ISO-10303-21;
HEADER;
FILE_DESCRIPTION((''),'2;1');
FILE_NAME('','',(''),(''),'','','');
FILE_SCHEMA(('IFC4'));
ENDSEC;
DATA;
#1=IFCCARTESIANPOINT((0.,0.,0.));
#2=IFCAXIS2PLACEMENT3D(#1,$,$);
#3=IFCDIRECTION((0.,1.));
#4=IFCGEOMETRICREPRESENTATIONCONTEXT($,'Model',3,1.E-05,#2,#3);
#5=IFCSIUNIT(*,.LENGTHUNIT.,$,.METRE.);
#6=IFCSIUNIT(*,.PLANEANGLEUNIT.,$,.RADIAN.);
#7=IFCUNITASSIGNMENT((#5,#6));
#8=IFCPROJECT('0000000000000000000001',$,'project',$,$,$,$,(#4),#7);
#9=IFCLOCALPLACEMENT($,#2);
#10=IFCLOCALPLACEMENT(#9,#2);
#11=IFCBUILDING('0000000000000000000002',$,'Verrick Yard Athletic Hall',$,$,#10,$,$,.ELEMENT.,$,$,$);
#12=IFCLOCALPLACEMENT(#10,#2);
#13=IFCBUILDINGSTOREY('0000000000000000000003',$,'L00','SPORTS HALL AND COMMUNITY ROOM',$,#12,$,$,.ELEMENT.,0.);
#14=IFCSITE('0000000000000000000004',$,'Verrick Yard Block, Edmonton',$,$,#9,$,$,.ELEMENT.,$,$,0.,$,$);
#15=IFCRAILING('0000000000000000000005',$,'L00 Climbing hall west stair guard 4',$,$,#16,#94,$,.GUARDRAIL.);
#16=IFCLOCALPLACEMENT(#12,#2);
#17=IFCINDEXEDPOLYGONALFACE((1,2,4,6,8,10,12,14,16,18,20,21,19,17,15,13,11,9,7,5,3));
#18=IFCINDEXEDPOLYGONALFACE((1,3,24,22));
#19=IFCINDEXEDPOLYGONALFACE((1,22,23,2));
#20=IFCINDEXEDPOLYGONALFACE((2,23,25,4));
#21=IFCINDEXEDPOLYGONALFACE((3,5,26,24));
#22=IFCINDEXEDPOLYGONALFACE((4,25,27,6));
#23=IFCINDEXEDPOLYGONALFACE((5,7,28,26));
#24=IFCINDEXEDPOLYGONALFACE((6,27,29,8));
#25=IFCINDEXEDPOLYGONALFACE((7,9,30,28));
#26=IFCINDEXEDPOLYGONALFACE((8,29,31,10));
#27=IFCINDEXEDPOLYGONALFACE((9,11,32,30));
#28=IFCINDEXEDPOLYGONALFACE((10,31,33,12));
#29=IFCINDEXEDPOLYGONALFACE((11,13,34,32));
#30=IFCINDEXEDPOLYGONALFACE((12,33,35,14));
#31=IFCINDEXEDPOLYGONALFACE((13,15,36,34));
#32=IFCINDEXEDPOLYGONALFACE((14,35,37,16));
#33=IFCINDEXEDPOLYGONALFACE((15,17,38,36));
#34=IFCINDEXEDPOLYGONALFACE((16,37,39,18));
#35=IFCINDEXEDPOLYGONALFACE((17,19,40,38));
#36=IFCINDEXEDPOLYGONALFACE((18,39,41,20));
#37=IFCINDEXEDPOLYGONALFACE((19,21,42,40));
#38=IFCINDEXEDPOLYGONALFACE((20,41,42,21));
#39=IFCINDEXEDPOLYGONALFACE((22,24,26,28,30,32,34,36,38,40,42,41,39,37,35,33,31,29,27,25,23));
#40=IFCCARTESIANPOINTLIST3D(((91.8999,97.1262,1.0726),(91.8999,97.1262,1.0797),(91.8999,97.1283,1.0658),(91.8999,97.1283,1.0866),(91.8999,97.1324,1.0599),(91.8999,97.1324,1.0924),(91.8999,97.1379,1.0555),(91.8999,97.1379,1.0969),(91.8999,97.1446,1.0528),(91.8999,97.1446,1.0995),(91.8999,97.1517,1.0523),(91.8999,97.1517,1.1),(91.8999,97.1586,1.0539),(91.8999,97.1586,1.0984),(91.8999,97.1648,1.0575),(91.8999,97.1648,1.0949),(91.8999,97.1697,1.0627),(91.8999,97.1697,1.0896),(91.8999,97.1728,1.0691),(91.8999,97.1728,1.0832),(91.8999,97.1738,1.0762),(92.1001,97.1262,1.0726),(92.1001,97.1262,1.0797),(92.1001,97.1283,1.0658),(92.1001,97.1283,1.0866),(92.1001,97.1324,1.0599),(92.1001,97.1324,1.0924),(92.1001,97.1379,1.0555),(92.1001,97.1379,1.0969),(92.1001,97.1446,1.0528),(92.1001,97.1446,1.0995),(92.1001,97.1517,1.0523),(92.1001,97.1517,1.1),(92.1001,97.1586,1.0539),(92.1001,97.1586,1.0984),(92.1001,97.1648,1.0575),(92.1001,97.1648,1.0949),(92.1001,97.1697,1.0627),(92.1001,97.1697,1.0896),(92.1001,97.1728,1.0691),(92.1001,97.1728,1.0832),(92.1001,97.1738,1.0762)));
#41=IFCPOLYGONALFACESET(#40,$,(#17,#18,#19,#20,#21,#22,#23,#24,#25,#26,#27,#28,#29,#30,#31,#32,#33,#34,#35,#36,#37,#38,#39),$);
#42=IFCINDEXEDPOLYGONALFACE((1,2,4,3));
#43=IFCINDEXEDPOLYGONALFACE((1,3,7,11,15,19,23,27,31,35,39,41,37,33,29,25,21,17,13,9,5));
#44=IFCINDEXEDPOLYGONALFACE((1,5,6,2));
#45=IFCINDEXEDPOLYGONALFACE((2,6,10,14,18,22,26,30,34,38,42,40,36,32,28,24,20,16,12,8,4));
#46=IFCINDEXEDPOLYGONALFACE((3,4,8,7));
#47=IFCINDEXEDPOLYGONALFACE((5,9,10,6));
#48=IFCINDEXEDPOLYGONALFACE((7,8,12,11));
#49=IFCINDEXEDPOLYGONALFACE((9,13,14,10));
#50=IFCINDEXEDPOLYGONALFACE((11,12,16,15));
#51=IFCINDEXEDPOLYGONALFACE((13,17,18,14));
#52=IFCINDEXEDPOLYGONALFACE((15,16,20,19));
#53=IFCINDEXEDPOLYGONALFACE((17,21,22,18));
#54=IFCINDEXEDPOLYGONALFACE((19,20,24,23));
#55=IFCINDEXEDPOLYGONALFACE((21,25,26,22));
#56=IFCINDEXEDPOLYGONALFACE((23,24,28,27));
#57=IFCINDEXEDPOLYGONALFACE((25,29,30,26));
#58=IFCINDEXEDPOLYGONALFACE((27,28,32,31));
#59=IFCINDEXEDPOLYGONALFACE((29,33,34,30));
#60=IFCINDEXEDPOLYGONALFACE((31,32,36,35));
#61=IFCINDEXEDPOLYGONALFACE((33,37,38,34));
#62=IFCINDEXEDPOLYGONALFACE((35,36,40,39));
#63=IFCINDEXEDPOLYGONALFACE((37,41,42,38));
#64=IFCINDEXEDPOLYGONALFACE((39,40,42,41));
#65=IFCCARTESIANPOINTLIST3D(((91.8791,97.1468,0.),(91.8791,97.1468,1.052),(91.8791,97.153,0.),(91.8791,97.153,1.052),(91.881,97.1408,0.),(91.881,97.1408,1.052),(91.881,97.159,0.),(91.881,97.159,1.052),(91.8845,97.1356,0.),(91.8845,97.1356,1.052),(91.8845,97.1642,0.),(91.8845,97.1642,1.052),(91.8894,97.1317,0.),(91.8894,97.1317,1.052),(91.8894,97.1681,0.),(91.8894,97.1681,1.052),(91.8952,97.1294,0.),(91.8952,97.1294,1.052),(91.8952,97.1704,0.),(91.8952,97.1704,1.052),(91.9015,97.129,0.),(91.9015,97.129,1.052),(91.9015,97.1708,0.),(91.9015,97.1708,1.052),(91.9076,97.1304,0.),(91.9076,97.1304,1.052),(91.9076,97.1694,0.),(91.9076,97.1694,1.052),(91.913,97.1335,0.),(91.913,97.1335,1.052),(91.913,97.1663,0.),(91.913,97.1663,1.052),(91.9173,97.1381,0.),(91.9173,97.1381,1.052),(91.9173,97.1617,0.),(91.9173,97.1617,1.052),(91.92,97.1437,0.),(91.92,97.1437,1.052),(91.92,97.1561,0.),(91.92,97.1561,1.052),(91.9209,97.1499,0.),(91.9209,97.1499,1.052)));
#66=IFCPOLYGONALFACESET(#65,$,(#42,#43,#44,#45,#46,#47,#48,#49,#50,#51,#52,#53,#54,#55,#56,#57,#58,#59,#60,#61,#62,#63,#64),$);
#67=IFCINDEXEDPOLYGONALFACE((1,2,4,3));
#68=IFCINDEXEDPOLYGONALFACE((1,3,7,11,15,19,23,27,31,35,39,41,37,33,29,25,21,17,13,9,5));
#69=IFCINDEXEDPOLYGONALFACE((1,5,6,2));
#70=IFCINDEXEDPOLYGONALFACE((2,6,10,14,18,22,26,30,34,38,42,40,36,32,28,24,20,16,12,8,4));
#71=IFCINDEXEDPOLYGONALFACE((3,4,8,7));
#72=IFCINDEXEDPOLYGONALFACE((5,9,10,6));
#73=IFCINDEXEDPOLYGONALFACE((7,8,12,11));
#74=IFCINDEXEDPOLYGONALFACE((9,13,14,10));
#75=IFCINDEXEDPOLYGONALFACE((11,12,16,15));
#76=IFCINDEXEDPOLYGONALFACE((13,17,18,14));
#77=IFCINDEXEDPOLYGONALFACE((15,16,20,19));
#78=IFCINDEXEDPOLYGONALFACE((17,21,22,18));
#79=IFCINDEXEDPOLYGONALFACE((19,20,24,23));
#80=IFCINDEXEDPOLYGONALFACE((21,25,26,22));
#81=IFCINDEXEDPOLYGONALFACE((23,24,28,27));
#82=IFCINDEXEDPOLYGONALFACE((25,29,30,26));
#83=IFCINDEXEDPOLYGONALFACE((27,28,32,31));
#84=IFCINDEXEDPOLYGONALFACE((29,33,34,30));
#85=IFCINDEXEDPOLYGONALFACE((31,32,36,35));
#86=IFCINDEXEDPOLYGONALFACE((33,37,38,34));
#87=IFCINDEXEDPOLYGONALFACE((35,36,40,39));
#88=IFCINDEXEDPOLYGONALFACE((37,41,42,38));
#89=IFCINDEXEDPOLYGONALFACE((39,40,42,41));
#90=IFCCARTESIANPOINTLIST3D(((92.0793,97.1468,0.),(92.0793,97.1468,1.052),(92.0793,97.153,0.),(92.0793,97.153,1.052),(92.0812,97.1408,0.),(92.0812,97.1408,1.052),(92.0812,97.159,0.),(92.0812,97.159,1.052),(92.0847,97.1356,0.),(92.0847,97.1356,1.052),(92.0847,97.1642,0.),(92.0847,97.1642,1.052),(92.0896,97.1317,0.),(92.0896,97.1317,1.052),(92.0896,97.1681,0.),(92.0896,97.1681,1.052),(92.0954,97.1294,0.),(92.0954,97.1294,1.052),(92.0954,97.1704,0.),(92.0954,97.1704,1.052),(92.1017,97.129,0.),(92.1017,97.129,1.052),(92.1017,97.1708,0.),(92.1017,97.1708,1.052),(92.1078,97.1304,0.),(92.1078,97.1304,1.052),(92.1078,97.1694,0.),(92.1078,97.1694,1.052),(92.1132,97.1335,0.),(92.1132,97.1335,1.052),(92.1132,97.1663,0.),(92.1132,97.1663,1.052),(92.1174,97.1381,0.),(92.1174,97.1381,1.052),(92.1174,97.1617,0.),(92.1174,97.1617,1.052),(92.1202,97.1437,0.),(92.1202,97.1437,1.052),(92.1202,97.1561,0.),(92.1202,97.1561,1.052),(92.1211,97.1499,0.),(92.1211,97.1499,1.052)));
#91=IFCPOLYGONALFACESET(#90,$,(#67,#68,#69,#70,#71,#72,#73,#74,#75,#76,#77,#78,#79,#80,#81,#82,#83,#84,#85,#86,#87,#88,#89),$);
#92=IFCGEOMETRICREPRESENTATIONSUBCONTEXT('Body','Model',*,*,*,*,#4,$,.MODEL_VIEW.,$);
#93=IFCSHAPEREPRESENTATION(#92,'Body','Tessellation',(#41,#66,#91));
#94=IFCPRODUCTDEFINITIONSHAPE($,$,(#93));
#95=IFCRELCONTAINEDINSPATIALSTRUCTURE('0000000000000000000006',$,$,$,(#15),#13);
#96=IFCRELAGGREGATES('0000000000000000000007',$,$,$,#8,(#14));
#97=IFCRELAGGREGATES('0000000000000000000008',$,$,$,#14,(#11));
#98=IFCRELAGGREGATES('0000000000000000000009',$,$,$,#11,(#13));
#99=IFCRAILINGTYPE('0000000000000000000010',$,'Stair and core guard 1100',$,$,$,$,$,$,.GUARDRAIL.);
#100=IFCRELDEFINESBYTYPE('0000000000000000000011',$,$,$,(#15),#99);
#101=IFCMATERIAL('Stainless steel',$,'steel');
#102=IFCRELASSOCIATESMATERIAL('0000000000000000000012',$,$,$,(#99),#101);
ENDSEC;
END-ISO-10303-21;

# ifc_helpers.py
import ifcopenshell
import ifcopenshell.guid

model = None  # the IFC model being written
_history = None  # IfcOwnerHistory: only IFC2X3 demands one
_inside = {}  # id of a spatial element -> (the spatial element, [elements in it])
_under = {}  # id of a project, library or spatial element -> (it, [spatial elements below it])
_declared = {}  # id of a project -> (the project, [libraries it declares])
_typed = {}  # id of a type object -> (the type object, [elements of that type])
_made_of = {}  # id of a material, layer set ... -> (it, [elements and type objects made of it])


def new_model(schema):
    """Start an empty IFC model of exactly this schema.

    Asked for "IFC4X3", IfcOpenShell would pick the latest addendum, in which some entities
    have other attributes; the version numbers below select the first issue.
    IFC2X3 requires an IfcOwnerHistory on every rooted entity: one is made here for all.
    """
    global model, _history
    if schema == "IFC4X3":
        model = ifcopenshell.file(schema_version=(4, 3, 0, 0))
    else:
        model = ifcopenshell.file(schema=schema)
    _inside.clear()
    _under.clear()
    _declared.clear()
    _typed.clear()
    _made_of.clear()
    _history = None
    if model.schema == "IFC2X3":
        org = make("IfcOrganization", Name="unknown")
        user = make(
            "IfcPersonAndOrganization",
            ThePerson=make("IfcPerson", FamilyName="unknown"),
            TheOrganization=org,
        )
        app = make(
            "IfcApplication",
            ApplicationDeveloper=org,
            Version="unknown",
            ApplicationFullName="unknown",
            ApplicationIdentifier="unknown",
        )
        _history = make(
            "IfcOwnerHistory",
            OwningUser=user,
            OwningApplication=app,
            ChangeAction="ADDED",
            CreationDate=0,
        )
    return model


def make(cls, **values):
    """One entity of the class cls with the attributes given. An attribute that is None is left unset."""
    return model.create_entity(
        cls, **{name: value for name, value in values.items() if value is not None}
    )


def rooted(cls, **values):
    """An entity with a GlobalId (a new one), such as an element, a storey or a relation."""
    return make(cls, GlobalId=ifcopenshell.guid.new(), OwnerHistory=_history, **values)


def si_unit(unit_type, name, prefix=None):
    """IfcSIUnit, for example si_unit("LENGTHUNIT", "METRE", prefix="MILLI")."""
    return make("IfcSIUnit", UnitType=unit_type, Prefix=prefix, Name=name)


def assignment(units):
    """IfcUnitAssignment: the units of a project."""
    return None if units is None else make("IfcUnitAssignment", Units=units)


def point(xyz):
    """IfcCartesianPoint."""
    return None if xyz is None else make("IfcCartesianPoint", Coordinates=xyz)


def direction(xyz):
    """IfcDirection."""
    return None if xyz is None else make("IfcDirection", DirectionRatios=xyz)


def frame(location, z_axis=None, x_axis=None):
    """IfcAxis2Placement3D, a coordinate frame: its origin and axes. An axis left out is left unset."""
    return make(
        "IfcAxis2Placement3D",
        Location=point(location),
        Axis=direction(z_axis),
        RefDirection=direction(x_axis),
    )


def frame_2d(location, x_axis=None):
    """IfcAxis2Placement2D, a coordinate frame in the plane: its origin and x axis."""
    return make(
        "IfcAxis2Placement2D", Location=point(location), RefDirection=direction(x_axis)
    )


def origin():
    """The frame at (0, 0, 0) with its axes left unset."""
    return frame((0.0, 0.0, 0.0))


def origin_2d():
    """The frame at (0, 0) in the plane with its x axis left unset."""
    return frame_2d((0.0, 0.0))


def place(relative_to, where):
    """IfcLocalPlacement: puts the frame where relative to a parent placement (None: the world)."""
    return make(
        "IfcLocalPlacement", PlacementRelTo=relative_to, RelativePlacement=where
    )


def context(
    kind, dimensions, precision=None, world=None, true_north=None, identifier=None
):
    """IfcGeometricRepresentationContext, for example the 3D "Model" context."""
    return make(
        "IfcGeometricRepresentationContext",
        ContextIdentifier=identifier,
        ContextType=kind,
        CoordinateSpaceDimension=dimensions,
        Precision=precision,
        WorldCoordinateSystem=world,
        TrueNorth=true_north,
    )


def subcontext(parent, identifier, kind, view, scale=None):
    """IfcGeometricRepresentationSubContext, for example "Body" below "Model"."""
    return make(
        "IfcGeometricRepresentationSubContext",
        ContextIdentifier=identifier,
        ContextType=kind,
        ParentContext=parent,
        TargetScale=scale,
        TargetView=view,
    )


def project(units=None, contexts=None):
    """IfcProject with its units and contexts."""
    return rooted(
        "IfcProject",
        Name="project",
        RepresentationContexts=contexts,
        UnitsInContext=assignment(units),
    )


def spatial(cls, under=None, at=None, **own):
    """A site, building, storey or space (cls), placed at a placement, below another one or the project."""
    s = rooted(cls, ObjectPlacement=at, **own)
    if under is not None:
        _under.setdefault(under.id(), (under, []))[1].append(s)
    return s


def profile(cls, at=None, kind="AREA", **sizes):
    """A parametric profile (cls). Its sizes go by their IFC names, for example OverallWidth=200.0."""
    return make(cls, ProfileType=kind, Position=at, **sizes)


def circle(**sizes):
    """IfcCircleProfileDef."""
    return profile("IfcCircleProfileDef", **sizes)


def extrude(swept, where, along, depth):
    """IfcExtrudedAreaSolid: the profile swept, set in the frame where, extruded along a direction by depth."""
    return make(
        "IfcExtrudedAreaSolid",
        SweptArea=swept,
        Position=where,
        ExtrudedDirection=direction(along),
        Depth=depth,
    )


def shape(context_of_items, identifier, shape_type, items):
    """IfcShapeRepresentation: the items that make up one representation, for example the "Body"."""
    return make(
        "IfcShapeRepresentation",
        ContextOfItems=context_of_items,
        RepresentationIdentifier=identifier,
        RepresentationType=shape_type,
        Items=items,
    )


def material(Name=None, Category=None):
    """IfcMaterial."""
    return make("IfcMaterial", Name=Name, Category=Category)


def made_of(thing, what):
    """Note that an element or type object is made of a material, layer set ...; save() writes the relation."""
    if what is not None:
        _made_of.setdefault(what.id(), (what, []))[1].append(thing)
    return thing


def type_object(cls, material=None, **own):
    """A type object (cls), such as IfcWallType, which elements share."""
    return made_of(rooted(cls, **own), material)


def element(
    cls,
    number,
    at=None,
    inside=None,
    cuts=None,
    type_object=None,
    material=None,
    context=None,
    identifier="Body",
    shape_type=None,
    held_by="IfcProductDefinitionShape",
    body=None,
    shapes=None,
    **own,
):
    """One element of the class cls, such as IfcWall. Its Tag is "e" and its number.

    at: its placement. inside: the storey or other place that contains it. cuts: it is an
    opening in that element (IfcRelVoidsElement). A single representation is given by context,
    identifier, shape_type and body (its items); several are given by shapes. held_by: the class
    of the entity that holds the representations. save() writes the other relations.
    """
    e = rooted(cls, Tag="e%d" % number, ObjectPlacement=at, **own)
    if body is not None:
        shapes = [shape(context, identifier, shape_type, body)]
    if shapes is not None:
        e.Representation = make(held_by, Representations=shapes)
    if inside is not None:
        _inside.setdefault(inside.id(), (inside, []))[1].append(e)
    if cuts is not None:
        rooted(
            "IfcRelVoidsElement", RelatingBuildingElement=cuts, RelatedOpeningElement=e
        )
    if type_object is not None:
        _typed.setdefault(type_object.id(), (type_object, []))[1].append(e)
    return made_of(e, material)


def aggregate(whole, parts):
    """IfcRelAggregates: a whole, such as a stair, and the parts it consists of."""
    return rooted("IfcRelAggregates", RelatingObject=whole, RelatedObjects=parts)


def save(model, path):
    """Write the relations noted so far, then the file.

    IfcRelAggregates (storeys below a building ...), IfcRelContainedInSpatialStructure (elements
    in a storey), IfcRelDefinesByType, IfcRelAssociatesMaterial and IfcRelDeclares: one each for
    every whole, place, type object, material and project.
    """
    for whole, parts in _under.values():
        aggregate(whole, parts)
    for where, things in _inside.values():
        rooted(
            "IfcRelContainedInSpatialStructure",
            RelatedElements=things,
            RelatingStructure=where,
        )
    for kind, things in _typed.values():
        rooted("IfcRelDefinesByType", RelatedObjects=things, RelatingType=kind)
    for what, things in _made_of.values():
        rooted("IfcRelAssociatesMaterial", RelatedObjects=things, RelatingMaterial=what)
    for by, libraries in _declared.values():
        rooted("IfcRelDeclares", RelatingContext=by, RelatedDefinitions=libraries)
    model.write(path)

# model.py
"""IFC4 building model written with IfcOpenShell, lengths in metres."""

from ifc_helpers import new_model, si_unit, direction, frame, origin, origin_2d, place, context, subcontext, project, spatial, circle, extrude, material, type_object, element, save


model = new_model("IFC4")

# Units and contexts
model_context = context("Model", 3, precision=1e-05, world=origin(), true_north=direction((0.0, 1.0)))
body_context = subcontext(model_context, "Body", "Model", "MODEL_VIEW")
ifc_project = project(units=[si_unit("LENGTHUNIT", "METRE"), si_unit("PLANEANGLEUNIT", "RADIAN")], contexts=[model_context])

# Site, building, storey
site_placement = place(None, origin())
site = spatial("IfcSite", under=ifc_project, at=site_placement, Name="Verrick Yard Block, Edmonton", CompositionType="ELEMENT", RefElevation=0.0)
building_placement = place(site_placement, origin())
building = spatial("IfcBuilding", under=site, at=building_placement, Name="Verrick Yard Athletic Hall", CompositionType="ELEMENT")
storey_placement = place(building_placement, origin())
storey = spatial("IfcBuildingStorey", under=building, at=storey_placement, Name="L00", Description="SPORTS HALL AND COMMUNITY ROOM", CompositionType="ELEMENT", Elevation=0.0)

# Railing
ifc_material_1 = material(Name="Stainless steel", Category="steel")
railing_type_1 = type_object("IfcRailingType", Name="Stair and core guard 1100", PredefinedType="GUARDRAIL", material=ifc_material_1)
railing_1_placement = place(storey_placement, frame((91.8999, 97.1499, 0.0)))
element("IfcRailing", 1, at=railing_1_placement, inside=storey, type_object=railing_type_1, Name="L00 Climbing hall west stair guard 4", PredefinedType="GUARDRAIL", context=body_context, shape_type="SweptSolid", body=[
    extrude(circle(Radius=0.0239, at=origin_2d()), frame((0.0, 0.0, 1.0762), z_axis=(1.0, 0.0, 0.0), x_axis=(0.0, 1.0, 0.0)), (0.0, 0.0, 1.0), 0.2002),
    extrude(circle(Radius=0.021, at=origin_2d()), origin(), (0.0, 0.0, 1.0), 1.052),
    extrude(circle(Radius=0.021, at=origin_2d()), frame((0.2002, 0.0, 0.0)), (0.0, 0.0, 1.0), 1.052),
])

save(model, "model.ifc")
